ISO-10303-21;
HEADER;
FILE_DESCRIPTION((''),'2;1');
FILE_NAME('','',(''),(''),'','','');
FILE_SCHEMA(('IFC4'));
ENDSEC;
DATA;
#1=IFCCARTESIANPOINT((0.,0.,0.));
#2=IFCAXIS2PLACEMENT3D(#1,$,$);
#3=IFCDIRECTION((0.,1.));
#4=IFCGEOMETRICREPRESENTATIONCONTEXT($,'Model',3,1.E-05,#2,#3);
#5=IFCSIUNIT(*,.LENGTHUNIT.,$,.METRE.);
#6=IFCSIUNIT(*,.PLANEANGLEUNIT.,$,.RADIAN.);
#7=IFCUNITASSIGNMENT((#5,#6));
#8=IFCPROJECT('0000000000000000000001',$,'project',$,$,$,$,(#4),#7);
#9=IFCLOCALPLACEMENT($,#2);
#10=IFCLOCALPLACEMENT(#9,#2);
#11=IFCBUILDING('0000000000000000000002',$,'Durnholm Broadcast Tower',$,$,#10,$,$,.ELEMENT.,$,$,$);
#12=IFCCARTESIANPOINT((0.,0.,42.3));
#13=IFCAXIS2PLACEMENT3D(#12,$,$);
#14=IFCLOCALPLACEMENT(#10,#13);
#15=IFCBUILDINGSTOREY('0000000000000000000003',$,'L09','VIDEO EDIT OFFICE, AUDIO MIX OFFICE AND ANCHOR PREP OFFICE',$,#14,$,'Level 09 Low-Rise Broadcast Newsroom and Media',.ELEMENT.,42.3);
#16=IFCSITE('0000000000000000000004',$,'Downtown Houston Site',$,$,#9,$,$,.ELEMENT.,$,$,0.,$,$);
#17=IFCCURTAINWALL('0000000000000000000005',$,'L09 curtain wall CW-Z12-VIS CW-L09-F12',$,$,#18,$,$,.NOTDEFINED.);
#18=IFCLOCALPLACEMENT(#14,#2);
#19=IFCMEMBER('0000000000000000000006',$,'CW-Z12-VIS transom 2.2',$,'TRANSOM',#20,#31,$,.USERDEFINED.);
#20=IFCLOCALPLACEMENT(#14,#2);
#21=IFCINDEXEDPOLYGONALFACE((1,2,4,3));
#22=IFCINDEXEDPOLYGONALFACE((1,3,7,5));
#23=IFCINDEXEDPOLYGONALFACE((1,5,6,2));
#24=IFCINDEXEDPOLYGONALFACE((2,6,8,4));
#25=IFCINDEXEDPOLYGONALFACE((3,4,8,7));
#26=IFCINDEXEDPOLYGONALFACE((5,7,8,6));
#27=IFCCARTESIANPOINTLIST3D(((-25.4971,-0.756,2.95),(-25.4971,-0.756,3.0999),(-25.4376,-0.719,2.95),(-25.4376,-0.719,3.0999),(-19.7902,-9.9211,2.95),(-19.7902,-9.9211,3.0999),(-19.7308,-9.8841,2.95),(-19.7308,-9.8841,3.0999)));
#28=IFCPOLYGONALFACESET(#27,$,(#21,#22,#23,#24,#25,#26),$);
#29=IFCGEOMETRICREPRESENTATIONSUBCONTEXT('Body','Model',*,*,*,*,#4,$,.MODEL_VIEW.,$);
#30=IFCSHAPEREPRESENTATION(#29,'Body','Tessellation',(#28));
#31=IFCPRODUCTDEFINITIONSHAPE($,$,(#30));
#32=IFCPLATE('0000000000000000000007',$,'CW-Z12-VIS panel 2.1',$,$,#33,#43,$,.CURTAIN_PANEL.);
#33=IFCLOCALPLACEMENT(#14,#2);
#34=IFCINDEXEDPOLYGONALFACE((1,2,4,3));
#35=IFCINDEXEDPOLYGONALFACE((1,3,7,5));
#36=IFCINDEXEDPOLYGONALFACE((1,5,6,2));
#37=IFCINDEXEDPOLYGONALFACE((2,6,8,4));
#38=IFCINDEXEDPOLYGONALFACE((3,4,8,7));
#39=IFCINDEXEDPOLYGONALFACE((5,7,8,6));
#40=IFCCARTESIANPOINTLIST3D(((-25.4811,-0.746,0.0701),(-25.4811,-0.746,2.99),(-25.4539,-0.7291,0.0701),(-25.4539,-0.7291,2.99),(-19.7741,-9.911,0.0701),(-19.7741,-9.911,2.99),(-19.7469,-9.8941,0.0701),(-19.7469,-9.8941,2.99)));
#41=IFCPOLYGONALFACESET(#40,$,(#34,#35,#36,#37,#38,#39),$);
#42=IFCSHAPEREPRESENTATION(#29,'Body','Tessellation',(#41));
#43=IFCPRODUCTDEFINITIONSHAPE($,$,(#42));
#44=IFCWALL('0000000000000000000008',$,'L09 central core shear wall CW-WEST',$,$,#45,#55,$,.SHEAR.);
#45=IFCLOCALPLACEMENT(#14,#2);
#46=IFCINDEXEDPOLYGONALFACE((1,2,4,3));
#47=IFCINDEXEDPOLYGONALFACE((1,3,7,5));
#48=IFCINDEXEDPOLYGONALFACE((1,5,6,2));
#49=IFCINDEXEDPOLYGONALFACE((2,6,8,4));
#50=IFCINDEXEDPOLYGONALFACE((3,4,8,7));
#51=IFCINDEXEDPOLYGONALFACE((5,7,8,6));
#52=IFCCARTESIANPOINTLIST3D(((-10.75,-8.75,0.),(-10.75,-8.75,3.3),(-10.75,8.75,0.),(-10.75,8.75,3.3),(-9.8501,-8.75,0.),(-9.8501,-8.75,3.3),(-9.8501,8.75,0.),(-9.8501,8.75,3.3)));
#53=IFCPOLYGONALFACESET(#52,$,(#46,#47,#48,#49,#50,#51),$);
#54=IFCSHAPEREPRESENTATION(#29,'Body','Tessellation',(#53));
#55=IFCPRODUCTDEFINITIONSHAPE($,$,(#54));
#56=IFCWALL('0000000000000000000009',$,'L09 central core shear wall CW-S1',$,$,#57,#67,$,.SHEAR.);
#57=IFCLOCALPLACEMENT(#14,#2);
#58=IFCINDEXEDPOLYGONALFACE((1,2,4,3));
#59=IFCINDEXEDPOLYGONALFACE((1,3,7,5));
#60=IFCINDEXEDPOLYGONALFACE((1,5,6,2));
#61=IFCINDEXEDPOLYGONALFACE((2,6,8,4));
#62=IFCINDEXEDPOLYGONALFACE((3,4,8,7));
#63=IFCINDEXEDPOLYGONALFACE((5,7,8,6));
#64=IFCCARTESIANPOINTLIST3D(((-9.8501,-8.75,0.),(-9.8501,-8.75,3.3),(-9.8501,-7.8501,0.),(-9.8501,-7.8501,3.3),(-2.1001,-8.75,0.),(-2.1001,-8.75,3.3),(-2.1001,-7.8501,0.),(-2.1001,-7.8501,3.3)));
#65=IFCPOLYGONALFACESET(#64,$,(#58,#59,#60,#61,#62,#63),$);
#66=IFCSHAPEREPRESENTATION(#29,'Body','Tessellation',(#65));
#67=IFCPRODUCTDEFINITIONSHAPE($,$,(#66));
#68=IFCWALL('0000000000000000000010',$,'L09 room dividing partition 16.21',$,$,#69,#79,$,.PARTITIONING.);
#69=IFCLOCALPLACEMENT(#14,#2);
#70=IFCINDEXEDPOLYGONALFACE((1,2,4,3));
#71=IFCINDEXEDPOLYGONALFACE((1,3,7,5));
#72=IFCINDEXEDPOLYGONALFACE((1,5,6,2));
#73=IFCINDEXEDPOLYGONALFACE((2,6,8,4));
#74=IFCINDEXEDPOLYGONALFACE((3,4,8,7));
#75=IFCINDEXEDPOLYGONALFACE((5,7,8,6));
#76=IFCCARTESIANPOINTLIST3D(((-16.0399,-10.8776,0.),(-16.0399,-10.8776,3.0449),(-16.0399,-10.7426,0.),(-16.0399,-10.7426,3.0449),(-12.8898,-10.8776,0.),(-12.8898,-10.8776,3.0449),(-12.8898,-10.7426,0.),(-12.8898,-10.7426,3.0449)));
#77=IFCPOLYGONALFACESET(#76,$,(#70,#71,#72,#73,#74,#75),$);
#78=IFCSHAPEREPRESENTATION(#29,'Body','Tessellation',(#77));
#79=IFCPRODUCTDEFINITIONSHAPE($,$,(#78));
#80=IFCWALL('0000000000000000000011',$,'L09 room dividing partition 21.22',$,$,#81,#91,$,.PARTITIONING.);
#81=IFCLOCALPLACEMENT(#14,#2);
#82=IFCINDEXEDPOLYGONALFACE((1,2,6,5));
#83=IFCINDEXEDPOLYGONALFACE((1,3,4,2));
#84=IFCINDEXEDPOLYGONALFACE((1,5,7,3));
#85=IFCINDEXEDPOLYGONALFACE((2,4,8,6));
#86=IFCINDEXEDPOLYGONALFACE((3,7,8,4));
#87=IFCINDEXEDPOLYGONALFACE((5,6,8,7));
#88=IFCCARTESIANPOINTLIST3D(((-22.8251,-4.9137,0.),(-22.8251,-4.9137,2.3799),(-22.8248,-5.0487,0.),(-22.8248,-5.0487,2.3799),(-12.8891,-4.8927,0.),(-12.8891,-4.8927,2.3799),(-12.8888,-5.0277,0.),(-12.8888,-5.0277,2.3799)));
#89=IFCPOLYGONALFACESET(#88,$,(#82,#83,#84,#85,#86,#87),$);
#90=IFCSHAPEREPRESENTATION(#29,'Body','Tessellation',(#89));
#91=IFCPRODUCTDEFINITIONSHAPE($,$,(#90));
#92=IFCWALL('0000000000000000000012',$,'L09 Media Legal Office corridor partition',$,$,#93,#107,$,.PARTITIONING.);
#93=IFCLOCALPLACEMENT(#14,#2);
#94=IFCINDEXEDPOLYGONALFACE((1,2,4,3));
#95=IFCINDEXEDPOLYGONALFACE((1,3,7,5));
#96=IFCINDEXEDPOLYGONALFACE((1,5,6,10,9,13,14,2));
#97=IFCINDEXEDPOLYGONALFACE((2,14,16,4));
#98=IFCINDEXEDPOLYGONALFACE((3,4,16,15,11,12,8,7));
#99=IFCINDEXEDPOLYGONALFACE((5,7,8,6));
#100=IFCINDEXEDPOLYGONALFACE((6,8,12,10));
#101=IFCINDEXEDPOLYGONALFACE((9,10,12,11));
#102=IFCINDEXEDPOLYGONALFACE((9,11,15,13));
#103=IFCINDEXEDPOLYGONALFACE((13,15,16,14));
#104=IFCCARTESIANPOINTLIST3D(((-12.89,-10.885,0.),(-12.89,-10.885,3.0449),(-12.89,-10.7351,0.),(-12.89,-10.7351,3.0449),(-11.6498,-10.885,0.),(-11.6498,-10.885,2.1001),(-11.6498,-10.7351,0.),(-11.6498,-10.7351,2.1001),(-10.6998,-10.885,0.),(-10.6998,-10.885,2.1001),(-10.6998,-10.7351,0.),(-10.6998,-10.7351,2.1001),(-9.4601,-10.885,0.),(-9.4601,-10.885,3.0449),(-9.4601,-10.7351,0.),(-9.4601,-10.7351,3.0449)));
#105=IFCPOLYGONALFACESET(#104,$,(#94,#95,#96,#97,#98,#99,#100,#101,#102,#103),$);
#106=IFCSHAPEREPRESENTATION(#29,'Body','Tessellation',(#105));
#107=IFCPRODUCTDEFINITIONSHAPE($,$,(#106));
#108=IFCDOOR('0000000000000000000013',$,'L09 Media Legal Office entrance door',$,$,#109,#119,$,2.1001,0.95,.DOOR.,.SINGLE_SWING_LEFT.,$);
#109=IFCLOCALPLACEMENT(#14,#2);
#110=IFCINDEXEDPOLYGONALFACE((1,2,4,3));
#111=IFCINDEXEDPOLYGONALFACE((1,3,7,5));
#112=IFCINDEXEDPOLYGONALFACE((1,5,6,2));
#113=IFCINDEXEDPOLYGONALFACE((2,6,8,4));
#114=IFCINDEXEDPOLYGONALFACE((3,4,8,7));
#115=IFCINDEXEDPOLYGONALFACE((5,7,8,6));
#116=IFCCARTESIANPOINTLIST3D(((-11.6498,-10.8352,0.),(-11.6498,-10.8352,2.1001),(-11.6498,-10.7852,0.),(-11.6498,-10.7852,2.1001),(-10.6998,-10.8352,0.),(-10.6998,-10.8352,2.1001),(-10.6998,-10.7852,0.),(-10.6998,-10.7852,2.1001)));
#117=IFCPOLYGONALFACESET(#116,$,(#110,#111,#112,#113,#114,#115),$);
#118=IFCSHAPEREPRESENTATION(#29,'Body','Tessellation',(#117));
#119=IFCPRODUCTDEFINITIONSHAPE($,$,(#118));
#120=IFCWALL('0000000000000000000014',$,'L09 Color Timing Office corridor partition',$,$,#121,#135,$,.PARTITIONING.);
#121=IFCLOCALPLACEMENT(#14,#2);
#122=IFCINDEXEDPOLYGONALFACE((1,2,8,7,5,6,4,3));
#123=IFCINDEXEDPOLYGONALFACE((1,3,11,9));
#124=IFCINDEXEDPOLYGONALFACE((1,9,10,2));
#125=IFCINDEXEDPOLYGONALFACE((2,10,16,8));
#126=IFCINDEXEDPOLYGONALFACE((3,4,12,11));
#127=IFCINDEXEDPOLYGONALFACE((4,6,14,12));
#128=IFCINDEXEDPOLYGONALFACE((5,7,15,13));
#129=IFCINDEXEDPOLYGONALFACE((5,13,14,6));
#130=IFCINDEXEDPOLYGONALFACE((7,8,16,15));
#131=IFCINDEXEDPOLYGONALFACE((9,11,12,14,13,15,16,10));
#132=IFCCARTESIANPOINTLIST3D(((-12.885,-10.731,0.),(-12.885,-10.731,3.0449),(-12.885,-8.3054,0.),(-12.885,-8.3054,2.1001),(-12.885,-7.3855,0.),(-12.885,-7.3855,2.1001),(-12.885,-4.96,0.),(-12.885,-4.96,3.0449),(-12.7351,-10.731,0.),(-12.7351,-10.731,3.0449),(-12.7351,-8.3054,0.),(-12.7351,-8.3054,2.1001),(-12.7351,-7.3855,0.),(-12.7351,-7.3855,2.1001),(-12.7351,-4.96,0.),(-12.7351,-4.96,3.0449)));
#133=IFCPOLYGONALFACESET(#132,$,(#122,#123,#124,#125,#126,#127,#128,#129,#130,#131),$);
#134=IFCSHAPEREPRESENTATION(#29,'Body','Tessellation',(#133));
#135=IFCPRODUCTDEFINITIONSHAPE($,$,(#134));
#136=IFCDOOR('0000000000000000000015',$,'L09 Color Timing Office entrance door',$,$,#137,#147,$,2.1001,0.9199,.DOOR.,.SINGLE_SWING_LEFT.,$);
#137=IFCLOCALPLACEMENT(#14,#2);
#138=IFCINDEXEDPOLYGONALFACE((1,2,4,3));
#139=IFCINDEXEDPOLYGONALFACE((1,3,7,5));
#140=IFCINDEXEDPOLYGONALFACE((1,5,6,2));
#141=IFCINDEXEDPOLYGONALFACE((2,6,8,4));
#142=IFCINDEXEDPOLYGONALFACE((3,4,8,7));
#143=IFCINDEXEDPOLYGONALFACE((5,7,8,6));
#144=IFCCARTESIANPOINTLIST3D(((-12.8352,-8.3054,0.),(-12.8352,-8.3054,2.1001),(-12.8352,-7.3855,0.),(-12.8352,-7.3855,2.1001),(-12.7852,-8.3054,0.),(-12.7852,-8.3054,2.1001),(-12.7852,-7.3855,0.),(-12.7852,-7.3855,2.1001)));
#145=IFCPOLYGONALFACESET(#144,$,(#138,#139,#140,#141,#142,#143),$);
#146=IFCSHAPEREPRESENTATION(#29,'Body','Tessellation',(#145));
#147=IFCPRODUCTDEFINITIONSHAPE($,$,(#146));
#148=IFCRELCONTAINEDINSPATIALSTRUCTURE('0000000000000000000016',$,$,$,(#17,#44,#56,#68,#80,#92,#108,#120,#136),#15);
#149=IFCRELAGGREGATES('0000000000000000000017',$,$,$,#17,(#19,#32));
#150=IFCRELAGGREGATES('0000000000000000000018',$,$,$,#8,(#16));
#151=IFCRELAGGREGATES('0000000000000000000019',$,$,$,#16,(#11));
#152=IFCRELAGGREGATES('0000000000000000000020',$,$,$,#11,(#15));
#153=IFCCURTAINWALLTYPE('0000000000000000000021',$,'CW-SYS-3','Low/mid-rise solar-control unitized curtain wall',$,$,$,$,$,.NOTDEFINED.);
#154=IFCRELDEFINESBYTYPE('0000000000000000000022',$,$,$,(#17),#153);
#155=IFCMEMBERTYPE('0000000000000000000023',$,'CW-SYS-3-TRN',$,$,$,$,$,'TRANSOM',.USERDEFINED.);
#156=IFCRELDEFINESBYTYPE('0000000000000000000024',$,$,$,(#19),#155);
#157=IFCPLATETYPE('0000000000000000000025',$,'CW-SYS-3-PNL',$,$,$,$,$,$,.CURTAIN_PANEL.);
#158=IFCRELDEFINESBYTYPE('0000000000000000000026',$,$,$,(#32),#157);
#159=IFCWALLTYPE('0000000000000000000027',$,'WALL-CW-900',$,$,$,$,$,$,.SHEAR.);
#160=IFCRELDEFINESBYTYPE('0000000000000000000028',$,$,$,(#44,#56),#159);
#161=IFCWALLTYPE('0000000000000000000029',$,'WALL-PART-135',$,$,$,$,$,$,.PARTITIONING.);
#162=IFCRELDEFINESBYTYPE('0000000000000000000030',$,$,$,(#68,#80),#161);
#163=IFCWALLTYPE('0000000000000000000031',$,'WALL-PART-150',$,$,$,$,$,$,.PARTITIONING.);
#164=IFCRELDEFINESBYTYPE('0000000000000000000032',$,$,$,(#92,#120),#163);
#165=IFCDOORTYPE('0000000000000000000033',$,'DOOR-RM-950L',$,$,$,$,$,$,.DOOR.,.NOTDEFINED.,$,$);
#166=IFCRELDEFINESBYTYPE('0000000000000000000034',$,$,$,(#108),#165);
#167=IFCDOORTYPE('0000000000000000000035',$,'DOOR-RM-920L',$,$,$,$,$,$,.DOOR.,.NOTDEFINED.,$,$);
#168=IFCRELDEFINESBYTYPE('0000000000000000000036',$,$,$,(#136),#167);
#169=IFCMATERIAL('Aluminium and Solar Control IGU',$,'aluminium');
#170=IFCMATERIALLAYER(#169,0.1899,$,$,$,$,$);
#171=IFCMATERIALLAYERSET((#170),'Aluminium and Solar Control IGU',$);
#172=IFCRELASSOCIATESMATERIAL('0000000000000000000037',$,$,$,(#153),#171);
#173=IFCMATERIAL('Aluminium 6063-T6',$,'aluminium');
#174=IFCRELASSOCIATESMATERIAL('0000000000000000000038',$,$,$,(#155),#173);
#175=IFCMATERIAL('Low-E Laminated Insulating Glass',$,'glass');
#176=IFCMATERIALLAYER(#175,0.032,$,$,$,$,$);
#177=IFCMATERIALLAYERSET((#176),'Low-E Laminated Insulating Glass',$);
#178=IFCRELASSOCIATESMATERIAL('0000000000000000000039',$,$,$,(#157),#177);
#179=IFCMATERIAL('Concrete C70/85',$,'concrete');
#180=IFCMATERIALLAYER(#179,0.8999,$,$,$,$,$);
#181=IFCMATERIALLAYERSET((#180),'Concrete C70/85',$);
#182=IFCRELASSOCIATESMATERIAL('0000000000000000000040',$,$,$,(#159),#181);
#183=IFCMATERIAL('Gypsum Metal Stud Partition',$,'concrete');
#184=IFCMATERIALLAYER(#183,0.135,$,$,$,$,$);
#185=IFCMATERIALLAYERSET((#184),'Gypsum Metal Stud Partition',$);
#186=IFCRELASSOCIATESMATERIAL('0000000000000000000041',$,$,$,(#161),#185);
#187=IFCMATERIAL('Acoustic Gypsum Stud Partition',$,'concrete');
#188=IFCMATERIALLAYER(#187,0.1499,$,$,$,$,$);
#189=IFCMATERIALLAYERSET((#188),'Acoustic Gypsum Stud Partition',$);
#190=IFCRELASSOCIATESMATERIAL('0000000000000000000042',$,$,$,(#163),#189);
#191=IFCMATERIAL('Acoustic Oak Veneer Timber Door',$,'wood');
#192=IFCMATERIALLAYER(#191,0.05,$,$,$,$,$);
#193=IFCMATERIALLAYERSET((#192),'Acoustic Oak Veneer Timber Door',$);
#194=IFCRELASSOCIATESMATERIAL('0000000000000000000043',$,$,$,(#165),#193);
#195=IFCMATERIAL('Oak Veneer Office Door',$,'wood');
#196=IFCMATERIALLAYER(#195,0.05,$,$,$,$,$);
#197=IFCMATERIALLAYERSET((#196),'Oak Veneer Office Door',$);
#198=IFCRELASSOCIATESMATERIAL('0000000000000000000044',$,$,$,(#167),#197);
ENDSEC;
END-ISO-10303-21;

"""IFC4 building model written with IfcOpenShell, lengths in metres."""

from ifc_helpers import new_model, si_unit, direction, frame, frame_2d, origin, origin_2d, place, context, subcontext, project, spatial, rectangle, extrude, source, transform, mapped, material, layer, layer_set, material_profile, profile_set, type_object, type_shapes, element, fill, aggregate, save


model = new_model("IFC4")

# Units and contexts
model_context = context("Model", 3, precision=1e-05, world=origin(), true_north=direction((0.0, 1.0)))
body_context = subcontext(model_context, "Body", "Model", "MODEL_VIEW")
ifc_project = project(units=[si_unit("LENGTHUNIT", "METRE"), si_unit("PLANEANGLEUNIT", "RADIAN")], contexts=[model_context])

# Site, building, storey
site_placement = place(None, origin())
site = spatial("IfcSite", under=ifc_project, at=site_placement, Name="Downtown Houston Site", CompositionType="ELEMENT", RefElevation=0.0)
building_placement = place(site_placement, origin())
building = spatial("IfcBuilding", under=site, at=building_placement, Name="Durnholm Broadcast Tower", CompositionType="ELEMENT")
storey_placement = place(building_placement, frame((0.0, 0.0, 42.3)))
storey = spatial("IfcBuildingStorey", under=building, at=storey_placement, Name="L09", Description="VIDEO EDIT OFFICE, AUDIO MIX OFFICE AND ANCHOR PREP OFFICE", LongName="Level 09 Low-Rise Broadcast Newsroom and Media", CompositionType="ELEMENT", Elevation=42.3)

# Shared definitions
ifc_material_1 = material(Name="Concrete C70/85", Category="concrete")

# Shared definitions
ifc_material_2 = material(Name="Aluminium and Solar Control IGU", Category="aluminium")
ifc_material_3 = material(Name="Aluminium 6063-T6", Category="aluminium")

# Curtain wall, member, plate
ifc_layer_1 = layer(ifc_material_2, 0.1899)
ifc_layer_set_1 = layer_set([ifc_layer_1], Name="Aluminium and Solar Control IGU")
curtain_wall_type_1 = type_object("IfcCurtainWallType", Name="CW-SYS-3", Description="Low/mid-rise solar-control unitized curtain wall", PredefinedType="NOTDEFINED", material=ifc_layer_set_1)
curtain_wall_1_placement = place(storey_placement, origin())
curtain_wall_1 = element("IfcCurtainWall", 1, at=curtain_wall_1_placement, inside=storey, type_object=curtain_wall_type_1, Name="L09 curtain wall CW-Z12-VIS CW-L09-F12", PredefinedType="NOTDEFINED")
ifc_material_profile_1 = material_profile(ifc_material_3, rectangle(XDim=0.0701, YDim=0.1499, at=origin_2d()), Name="CWT70X150")
ifc_profile_set_1 = profile_set([ifc_material_profile_1], Name="Aluminium 6063-T6")
member_type_1 = type_object("IfcMemberType", Name="CW-SYS-3-TRN", ElementType="TRANSOM", PredefinedType="USERDEFINED", material=ifc_profile_set_1)
shared_shape_1 = source(origin(), body_context, "Body", "SweptSolid", [
    extrude(rectangle(XDim=0.0701, YDim=0.1499, at=origin_2d()), origin(), (0.0, 0.0, 1.0), 10.7966),
])
type_shapes(member_type_1, [shared_shape_1])
member_1_placement = place(storey_placement, frame((-19.7605, -9.9026, 3.0249), z_axis=(-0.528575, 0.848886, 0.0), x_axis=(-0.848886, -0.528575, 0.0)))
member_1 = element("IfcMember", 2, at=member_1_placement, type_object=member_type_1, Name="CW-Z12-VIS transom 2.2", ObjectType="TRANSOM", PredefinedType="USERDEFINED", context=body_context, shape_type="MappedRepresentation", body=[
    mapped(shared_shape_1, transform((0.0, 0.0, 0.0), x_axis=(1.0, 0.0, 0.0), y_axis=(0.0, 1.0, 0.0), z_axis=(0.0, 0.0, 1.0), scale=1.0)),
])
ifc_material_4 = material(Name="Low-E Laminated Insulating Glass", Category="glass")
ifc_layer_2 = layer(ifc_material_4, 0.032)
ifc_layer_set_2 = layer_set([ifc_layer_2], Name="Low-E Laminated Insulating Glass")
plate_type = type_object("IfcPlateType", Name="CW-SYS-3-PNL", PredefinedType="CURTAIN_PANEL", material=ifc_layer_set_2)
shared_shape_2 = source(origin(), body_context, "Body", "SweptSolid", [
    extrude(rectangle(XDim=10.7966, YDim=0.032, at=origin_2d()), origin(), (0.0, 0.0, 1.0), 2.9199),
])
type_shapes(plate_type, [shared_shape_2])
plate_placement = place(storey_placement, frame((-22.614, -5.3201, 0.0701), z_axis=(0.0, 0.0, 1.0), x_axis=(-0.528592, 0.848876, 0.0)))
plate = element("IfcPlate", 3, at=plate_placement, type_object=plate_type, Name="CW-Z12-VIS panel 2.1", PredefinedType="CURTAIN_PANEL", context=body_context, shape_type="MappedRepresentation", body=[
    mapped(shared_shape_2, transform((0.0, 0.0, 0.0), x_axis=(1.0, 0.0, 0.0), y_axis=(0.0, 1.0, 0.0), z_axis=(0.0, 0.0, 1.0), scale=1.0)),
])
aggregate(curtain_wall_1, [member_1, plate])

# Walls
ifc_layer_3 = layer(ifc_material_1, 0.8999)
ifc_layer_set_3 = layer_set([ifc_layer_3], Name="Concrete C70/85")
wall_type_1 = type_object("IfcWallType", Name="WALL-CW-900", PredefinedType="SHEAR", material=ifc_layer_set_3)
wall_1_placement = place(storey_placement, frame((-10.3, -8.75, 0.0), z_axis=(0.0, 0.0, 1.0), x_axis=(0.0, 1.0, 0.0)))
element("IfcWall", 4, at=wall_1_placement, inside=storey, type_object=wall_type_1, Name="L09 central core shear wall CW-WEST", PredefinedType="SHEAR", context=body_context, shape_type="SweptSolid", body=[
    extrude(rectangle(XDim=17.5, YDim=0.8999, at=frame_2d((8.75, 0.0))), origin(), (0.0, 0.0, 1.0), 3.3),
])
wall_2_placement = place(storey_placement, frame((-9.8501, -8.3, 0.0), z_axis=(0.0, 0.0, 1.0), x_axis=(1.0, 0.0, 0.0)))
element("IfcWall", 5, at=wall_2_placement, inside=storey, type_object=wall_type_1, Name="L09 central core shear wall CW-S1", PredefinedType="SHEAR", context=body_context, shape_type="SweptSolid", body=[
    extrude(rectangle(XDim=7.75, YDim=0.8999, at=frame_2d((3.875, 0.0))), origin(), (0.0, 0.0, 1.0), 3.3),
])
ifc_material_5 = material(Name="Gypsum Metal Stud Partition", Category="concrete")
ifc_layer_4 = layer(ifc_material_5, 0.135)
ifc_layer_set_4 = layer_set([ifc_layer_4], Name="Gypsum Metal Stud Partition")
wall_type_2 = type_object("IfcWallType", Name="WALL-PART-135", PredefinedType="PARTITIONING", material=ifc_layer_set_4)
wall_3_placement = place(storey_placement, frame((-16.04, -10.8101, 0.0), z_axis=(0.0, 0.0, 1.0), x_axis=(1.0, 0.0, 0.0)))
element("IfcWall", 6, at=wall_3_placement, inside=storey, type_object=wall_type_2, Name="L09 room dividing partition 16.21", PredefinedType="PARTITIONING", context=body_context, shape_type="SweptSolid", body=[
    extrude(rectangle(XDim=3.1501, YDim=0.135, at=frame_2d((1.5752, 0.0))), origin(), (0.0, 0.0, 1.0), 3.0449),
])
wall_4_placement = place(storey_placement, frame((-22.825, -4.9812, 0.0), z_axis=(0.0, 0.0, 1.0), x_axis=(0.999998, 0.002113, 0.0)))
element("IfcWall", 7, at=wall_4_placement, inside=storey, type_object=wall_type_2, Name="L09 room dividing partition 21.22", PredefinedType="PARTITIONING", context=body_context, shape_type="SweptSolid", body=[
    extrude(rectangle(XDim=9.936, YDim=0.135, at=frame_2d((4.968, 0.0))), origin(), (0.0, 0.0, 1.0), 2.3799),
])

# Walls, openings, doors
ifc_material_6 = material(Name="Acoustic Gypsum Stud Partition", Category="concrete")
ifc_layer_5 = layer(ifc_material_6, 0.1499)
ifc_layer_set_5 = layer_set([ifc_layer_5], Name="Acoustic Gypsum Stud Partition")
wall_type_3 = type_object("IfcWallType", Name="WALL-PART-150", PredefinedType="PARTITIONING", material=ifc_layer_set_5)
wall_5_placement = place(storey_placement, frame((-12.8899, -10.8101, 0.0), z_axis=(0.0, 0.0, 1.0), x_axis=(1.0, 0.0, 0.0)))
wall_5 = element("IfcWall", 8, at=wall_5_placement, inside=storey, type_object=wall_type_3, Name="L09 Media Legal Office corridor partition", PredefinedType="PARTITIONING", context=body_context, shape_type="SweptSolid", body=[
    extrude(rectangle(XDim=3.4299, YDim=0.1499, at=frame_2d((1.7148, 0.0))), origin(), (0.0, 0.0, 1.0), 3.0449),
])
opening_1_placement = place(wall_5_placement, frame((1.24, 0.0, 0.0)))
opening_1 = element("IfcOpeningElement", 9, at=opening_1_placement, cuts=wall_5, PredefinedType="OPENING", context=body_context, shape_type="SweptSolid", body=[
    extrude(rectangle(XDim=0.95, YDim=2.1001, at=frame_2d((0.4751, 1.05))), frame((0.0, 0.085, 0.0), z_axis=(0.0, -1.0, 0.0), x_axis=(1.0, 0.0, 0.0)), (0.0, 0.0, 1.0), 0.1699),
])
ifc_material_7 = material(Name="Acoustic Oak Veneer Timber Door", Category="wood")
ifc_layer_6 = layer(ifc_material_7, 0.05)
ifc_layer_set_6 = layer_set([ifc_layer_6], Name="Acoustic Oak Veneer Timber Door")
door_type_1 = type_object("IfcDoorType", Name="DOOR-RM-950L", OperationType="NOTDEFINED", PredefinedType="DOOR", material=ifc_layer_set_6)
shared_shape_3 = source(origin(), body_context, "Body", "SweptSolid", [
    extrude(rectangle(XDim=0.95, YDim=2.1001, at=frame_2d((0.4751, 1.05))), frame((0.0, 0.0249, 0.0), z_axis=(0.0, -1.0, 0.0), x_axis=(1.0, 0.0, 0.0)), (0.0, 0.0, 1.0), 0.05),
])
type_shapes(door_type_1, [shared_shape_3])
door_1_placement = place(opening_1_placement, origin())
door_1 = element("IfcDoor", 10, at=door_1_placement, inside=storey, type_object=door_type_1, Name="L09 Media Legal Office entrance door", OperationType="SINGLE_SWING_LEFT", OverallHeight=2.1001, OverallWidth=0.95, PredefinedType="DOOR", context=body_context, shape_type="MappedRepresentation", body=[
    mapped(shared_shape_3, transform((0.0, 0.0, 0.0), x_axis=(1.0, 0.0, 0.0), y_axis=(0.0, 1.0, 0.0), z_axis=(0.0, 0.0, 1.0), scale=1.0)),
])
fill(opening_1, door_1)
wall_6_placement = place(storey_placement, frame((-12.8101, -4.96, 0.0), z_axis=(0.0, 0.0, 1.0), x_axis=(0.0, -1.0, 0.0)))
wall_6 = element("IfcWall", 11, at=wall_6_placement, inside=storey, type_object=wall_type_3, Name="L09 Color Timing Office corridor partition", PredefinedType="PARTITIONING", context=body_context, shape_type="SweptSolid", body=[
    extrude(rectangle(XDim=5.771, YDim=0.1499, at=frame_2d((2.8855, 0.0))), origin(), (0.0, 0.0, 1.0), 3.0449),
])
opening_2_placement = place(wall_6_placement, frame((2.4255, 0.0, 0.0)))
opening_2 = element("IfcOpeningElement", 12, at=opening_2_placement, cuts=wall_6, PredefinedType="OPENING", context=body_context, shape_type="SweptSolid", body=[
    extrude(rectangle(XDim=0.9199, YDim=2.1001, at=frame_2d((0.46, 1.05))), frame((0.0, 0.085, 0.0), z_axis=(0.0, -1.0, 0.0), x_axis=(1.0, 0.0, 0.0)), (0.0, 0.0, 1.0), 0.1699),
])
ifc_material_8 = material(Name="Oak Veneer Office Door", Category="wood")
ifc_layer_7 = layer(ifc_material_8, 0.05)
ifc_layer_set_7 = layer_set([ifc_layer_7], Name="Oak Veneer Office Door")
door_type_2 = type_object("IfcDoorType", Name="DOOR-RM-920L", OperationType="NOTDEFINED", PredefinedType="DOOR", material=ifc_layer_set_7)
shared_shape_4 = source(origin(), body_context, "Body", "SweptSolid", [
    extrude(rectangle(XDim=0.9199, YDim=2.1001, at=frame_2d((0.46, 1.05))), frame((0.0, 0.0249, 0.0), z_axis=(0.0, -1.0, 0.0), x_axis=(1.0, 0.0, 0.0)), (0.0, 0.0, 1.0), 0.05),
])
type_shapes(door_type_2, [shared_shape_4])
door_2_placement = place(opening_2_placement, origin())
door_2 = element("IfcDoor", 13, at=door_2_placement, inside=storey, type_object=door_type_2, Name="L09 Color Timing Office entrance door", OperationType="SINGLE_SWING_LEFT", OverallHeight=2.1001, OverallWidth=0.9199, PredefinedType="DOOR", context=body_context, shape_type="MappedRepresentation", body=[
    mapped(shared_shape_4, transform((0.0, 0.0, 0.0), x_axis=(1.0, 0.0, 0.0), y_axis=(0.0, 1.0, 0.0), z_axis=(0.0, 0.0, 1.0), scale=1.0)),
])
fill(opening_2, door_2)

save(model, "model.ifc")
